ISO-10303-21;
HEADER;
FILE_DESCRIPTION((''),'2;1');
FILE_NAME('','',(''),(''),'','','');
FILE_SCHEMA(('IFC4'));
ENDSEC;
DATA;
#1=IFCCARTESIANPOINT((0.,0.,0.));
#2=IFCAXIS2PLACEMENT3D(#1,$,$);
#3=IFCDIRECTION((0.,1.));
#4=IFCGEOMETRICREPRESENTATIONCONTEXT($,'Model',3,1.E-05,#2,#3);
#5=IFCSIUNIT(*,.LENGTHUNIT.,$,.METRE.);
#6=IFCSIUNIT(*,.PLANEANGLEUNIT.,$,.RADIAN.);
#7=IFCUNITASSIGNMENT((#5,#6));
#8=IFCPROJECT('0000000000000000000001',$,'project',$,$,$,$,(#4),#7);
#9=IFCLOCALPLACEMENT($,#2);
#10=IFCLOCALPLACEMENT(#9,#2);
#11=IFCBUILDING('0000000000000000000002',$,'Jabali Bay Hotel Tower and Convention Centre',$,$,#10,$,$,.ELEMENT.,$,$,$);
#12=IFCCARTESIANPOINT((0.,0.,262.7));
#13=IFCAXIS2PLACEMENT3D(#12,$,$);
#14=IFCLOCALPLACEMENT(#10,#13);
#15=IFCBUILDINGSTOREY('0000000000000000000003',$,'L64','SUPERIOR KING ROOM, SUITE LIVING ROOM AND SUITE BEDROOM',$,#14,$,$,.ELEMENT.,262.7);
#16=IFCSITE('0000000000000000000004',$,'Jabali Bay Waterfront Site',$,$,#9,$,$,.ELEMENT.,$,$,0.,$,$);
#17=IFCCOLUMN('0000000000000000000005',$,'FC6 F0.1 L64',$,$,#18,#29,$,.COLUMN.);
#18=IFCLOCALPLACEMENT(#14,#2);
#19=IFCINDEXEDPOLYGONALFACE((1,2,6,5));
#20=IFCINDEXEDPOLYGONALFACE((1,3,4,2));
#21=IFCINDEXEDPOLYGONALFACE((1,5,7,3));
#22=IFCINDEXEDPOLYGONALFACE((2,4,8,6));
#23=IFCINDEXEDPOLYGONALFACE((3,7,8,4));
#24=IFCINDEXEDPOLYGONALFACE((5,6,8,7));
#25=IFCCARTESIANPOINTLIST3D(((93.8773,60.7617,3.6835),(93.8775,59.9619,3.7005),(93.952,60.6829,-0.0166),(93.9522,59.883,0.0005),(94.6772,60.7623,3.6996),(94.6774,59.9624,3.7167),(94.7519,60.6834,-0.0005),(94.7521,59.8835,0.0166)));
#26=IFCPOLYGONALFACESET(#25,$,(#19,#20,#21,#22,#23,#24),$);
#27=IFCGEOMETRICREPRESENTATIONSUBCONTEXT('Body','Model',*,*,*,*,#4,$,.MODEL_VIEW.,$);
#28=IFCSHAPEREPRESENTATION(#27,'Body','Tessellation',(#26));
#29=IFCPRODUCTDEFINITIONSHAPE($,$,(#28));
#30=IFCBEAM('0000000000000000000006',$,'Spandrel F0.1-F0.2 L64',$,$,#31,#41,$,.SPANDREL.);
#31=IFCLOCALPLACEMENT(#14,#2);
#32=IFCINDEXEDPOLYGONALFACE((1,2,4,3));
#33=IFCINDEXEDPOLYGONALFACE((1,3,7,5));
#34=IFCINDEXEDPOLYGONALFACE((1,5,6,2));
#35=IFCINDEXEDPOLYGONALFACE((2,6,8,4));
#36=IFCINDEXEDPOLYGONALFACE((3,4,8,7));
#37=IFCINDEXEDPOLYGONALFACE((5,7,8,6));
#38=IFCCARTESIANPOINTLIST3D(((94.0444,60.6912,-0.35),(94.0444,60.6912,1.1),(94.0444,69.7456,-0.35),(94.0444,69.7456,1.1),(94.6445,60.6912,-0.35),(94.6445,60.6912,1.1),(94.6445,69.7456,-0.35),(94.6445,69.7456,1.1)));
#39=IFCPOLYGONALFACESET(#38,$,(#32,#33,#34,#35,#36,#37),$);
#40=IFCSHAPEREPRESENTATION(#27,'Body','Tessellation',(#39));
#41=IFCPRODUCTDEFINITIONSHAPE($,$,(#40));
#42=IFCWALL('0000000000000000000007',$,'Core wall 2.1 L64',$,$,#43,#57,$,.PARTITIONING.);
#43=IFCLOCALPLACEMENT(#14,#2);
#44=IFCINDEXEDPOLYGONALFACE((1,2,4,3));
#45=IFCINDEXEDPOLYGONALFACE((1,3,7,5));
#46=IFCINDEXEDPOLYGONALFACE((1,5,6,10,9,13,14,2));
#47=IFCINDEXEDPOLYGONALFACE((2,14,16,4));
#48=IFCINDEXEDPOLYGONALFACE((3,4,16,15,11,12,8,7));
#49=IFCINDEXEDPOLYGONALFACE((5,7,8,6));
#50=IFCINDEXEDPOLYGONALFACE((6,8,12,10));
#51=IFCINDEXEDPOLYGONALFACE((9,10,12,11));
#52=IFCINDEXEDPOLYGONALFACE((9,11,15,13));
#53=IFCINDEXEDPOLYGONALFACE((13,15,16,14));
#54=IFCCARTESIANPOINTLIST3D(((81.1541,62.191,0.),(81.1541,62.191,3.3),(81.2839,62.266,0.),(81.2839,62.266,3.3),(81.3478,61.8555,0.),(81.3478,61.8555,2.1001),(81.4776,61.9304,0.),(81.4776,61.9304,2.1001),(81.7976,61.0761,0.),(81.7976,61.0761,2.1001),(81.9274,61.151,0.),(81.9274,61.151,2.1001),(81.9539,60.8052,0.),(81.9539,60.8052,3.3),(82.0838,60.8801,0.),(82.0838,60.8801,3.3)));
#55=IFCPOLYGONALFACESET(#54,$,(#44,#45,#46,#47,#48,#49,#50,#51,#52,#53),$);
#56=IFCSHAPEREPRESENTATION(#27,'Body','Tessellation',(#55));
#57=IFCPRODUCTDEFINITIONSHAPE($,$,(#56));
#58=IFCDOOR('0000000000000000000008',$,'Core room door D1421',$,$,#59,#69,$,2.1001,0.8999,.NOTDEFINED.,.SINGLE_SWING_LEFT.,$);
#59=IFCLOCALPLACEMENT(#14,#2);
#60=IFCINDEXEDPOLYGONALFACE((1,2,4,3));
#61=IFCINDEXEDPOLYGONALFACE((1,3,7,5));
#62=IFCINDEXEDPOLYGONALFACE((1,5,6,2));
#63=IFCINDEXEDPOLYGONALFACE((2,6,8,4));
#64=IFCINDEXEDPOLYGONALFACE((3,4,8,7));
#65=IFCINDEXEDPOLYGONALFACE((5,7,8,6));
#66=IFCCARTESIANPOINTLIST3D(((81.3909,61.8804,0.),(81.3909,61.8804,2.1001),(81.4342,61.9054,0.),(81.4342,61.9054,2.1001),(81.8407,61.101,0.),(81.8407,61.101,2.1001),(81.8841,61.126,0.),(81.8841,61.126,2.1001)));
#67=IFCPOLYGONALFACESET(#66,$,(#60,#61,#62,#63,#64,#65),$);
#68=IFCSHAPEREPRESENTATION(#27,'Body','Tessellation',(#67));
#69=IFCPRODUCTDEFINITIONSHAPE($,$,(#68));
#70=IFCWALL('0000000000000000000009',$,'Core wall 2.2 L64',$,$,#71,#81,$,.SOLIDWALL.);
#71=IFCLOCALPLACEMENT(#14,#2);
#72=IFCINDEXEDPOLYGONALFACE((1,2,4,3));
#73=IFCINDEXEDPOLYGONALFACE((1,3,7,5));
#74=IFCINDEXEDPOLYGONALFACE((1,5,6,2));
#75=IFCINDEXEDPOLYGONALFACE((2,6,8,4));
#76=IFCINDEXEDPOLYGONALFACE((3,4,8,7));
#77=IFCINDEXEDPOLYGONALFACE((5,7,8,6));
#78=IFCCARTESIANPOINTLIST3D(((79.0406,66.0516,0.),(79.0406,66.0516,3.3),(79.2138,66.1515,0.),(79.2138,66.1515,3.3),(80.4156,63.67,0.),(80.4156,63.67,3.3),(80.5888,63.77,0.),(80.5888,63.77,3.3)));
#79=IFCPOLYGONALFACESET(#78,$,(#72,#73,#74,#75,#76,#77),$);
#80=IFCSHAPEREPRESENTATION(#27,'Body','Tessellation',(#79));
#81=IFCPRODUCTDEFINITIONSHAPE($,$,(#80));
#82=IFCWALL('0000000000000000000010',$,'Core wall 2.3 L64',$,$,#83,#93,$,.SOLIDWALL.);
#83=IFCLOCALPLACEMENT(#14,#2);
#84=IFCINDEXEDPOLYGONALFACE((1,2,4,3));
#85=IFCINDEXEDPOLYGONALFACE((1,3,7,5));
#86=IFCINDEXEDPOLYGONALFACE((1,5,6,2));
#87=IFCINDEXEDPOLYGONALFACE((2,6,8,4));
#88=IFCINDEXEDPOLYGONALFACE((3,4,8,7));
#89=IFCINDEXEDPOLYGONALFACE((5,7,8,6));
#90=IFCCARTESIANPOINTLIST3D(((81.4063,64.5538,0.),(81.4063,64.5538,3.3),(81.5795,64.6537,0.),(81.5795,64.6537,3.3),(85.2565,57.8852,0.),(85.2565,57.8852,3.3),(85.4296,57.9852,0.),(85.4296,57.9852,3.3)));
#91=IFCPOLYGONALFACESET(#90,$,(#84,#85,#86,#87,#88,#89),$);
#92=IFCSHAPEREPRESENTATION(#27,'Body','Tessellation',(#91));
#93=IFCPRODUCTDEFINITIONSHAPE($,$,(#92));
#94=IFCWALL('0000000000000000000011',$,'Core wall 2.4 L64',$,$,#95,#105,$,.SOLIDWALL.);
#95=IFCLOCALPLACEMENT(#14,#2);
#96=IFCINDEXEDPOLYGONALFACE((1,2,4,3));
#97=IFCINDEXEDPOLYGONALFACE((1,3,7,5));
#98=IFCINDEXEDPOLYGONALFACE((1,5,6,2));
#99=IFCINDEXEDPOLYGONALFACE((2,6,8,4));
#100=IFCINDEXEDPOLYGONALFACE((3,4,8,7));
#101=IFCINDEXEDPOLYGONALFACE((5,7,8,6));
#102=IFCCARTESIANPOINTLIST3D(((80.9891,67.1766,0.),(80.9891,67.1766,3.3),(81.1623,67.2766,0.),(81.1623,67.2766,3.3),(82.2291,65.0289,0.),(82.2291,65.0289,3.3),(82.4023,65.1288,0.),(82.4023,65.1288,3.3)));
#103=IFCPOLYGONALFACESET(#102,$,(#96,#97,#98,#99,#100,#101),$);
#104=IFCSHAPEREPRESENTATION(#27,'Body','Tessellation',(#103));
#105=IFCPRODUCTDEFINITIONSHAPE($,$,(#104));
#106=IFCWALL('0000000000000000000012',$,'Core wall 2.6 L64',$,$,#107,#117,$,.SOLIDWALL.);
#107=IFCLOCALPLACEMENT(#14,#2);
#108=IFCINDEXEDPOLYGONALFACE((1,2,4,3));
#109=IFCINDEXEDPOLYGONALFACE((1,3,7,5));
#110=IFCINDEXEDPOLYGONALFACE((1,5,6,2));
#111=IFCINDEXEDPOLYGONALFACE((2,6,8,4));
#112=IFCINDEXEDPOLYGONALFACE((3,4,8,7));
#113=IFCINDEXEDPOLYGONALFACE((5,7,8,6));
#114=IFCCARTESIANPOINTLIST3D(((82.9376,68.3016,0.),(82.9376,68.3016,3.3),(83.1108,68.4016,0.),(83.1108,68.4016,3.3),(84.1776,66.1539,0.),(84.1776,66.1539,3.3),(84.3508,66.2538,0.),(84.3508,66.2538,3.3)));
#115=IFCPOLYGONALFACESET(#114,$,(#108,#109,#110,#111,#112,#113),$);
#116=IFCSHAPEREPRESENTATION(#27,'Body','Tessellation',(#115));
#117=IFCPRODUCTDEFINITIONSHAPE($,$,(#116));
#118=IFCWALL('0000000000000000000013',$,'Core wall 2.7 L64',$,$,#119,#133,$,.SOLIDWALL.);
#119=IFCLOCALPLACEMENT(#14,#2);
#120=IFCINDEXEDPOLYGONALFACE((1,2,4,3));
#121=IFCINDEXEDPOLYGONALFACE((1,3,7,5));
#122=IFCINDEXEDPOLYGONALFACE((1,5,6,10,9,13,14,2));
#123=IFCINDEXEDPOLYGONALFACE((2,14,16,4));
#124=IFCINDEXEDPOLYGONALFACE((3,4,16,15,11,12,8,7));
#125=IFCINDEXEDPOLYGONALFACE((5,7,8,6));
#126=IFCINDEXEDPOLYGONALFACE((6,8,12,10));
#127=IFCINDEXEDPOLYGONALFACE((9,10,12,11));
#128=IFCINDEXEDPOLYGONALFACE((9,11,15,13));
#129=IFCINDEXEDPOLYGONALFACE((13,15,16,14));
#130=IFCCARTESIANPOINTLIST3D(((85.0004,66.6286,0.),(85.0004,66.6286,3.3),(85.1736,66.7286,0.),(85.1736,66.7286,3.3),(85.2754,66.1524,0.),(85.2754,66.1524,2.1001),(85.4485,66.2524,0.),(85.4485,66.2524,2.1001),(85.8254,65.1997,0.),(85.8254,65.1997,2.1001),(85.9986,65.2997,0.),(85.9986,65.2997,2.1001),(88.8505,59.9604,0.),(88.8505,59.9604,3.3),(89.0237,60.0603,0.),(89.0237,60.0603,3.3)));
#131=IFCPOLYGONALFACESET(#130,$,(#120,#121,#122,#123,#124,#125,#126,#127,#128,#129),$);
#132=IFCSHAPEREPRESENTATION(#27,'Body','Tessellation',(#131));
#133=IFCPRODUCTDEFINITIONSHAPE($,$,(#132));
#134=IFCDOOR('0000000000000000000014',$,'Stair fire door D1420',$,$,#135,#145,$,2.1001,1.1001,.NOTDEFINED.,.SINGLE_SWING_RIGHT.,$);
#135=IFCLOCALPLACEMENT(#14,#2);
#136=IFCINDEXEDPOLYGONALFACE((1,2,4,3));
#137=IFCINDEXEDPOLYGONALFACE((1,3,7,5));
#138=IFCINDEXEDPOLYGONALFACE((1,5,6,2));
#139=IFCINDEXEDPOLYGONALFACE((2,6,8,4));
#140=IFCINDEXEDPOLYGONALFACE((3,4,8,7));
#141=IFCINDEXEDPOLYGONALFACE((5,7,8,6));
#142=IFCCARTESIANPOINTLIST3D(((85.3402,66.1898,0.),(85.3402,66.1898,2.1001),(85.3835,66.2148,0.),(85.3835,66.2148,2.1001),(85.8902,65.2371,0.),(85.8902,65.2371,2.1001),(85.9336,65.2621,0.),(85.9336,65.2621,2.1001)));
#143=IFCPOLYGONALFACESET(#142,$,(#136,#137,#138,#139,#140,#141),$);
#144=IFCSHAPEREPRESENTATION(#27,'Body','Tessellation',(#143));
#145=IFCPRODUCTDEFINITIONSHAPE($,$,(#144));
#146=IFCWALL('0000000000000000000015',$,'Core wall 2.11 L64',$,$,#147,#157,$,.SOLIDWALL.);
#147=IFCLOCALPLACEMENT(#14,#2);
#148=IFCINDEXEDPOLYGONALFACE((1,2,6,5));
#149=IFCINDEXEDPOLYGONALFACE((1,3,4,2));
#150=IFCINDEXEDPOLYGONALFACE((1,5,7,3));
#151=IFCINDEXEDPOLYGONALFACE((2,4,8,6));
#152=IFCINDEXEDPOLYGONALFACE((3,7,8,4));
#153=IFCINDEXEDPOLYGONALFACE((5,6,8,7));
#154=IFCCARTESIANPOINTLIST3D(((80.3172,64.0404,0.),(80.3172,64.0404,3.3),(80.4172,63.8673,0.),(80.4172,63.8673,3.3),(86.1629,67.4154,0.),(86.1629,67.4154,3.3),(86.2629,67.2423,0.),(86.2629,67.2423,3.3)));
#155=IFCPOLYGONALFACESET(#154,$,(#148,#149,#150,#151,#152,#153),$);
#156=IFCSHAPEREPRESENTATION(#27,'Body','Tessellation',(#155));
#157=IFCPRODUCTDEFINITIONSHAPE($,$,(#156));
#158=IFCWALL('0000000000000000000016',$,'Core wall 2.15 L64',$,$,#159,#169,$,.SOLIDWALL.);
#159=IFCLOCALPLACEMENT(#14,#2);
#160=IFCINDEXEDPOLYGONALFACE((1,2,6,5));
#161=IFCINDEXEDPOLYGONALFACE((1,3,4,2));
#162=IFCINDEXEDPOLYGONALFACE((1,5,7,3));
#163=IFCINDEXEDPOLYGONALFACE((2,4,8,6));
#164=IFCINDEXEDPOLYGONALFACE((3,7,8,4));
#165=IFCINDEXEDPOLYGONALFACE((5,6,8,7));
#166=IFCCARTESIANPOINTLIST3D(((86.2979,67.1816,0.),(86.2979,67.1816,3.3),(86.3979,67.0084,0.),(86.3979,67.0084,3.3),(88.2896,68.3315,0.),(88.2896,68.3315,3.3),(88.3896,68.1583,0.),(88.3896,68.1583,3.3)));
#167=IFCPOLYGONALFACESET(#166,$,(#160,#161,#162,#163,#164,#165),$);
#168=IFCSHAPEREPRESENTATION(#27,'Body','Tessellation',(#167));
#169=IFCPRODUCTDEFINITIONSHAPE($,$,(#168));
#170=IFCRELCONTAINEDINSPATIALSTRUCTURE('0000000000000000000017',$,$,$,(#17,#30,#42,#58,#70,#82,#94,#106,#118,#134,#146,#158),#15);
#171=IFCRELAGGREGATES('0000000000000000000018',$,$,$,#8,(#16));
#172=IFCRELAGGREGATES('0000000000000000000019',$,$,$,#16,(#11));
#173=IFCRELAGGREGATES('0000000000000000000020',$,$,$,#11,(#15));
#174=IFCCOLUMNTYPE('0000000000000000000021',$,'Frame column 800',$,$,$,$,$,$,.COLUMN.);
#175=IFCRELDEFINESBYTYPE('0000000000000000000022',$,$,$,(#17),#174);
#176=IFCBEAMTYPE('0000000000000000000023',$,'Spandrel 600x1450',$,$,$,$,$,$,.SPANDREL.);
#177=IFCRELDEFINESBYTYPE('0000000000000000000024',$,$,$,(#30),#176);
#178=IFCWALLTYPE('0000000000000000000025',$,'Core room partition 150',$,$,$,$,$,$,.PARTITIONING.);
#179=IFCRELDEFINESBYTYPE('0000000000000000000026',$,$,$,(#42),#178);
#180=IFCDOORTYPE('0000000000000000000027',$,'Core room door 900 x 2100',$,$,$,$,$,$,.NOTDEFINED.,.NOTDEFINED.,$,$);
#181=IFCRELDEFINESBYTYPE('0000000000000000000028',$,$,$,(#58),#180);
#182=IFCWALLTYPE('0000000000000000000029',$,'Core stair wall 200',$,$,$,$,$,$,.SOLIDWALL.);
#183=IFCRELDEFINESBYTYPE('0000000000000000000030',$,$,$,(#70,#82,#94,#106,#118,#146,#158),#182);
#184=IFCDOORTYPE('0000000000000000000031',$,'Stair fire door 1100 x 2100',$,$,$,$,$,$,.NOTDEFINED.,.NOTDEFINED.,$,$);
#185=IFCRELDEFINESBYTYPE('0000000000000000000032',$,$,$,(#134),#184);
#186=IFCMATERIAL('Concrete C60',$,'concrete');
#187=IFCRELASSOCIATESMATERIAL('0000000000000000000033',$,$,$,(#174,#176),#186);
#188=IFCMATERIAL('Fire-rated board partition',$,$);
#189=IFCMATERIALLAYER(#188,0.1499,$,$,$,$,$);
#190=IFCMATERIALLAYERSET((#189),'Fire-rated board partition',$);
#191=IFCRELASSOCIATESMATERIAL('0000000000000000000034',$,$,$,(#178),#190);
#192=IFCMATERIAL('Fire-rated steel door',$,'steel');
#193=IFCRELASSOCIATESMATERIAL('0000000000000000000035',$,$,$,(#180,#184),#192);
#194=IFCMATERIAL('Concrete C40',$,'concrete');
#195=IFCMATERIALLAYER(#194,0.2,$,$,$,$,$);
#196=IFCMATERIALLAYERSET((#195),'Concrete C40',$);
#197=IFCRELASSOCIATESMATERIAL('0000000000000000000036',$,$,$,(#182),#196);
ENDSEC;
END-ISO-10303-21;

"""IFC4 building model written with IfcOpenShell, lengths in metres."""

from ifc_helpers import new_model, si_unit, direction, frame, frame_2d, origin, origin_2d, place, context, subcontext, project, spatial, rectangle, extrude, material, layer, layer_set, material_profile, profile_set, type_object, element, fill, save


model = new_model("IFC4")

# Units and contexts
model_context = context("Model", 3, precision=1e-05, world=origin(), true_north=direction((0.0, 1.0)))
body_context = subcontext(model_context, "Body", "Model", "MODEL_VIEW")
ifc_project = project(units=[si_unit("LENGTHUNIT", "METRE"), si_unit("PLANEANGLEUNIT", "RADIAN")], contexts=[model_context])

# Site, building, storey
site_placement = place(None, origin())
site = spatial("IfcSite", under=ifc_project, at=site_placement, Name="Jabali Bay Waterfront Site", CompositionType="ELEMENT", RefElevation=0.0)
building_placement = place(site_placement, origin())
building = spatial("IfcBuilding", under=site, at=building_placement, Name="Jabali Bay Hotel Tower and Convention Centre", CompositionType="ELEMENT")
storey_placement = place(building_placement, frame((0.0, 0.0, 262.7)))
storey = spatial("IfcBuildingStorey", under=building, at=storey_placement, Name="L64", Description="SUPERIOR KING ROOM, SUITE LIVING ROOM AND SUITE BEDROOM", CompositionType="ELEMENT", Elevation=262.7)

# Column
ifc_material_1 = material(Name="Concrete C60", Category="concrete")
ifc_material_profile_1 = material_profile(ifc_material_1, rectangle(XDim=0.8, YDim=0.8, at=origin_2d()), Name="Frame column 800")
ifc_profile_set_1 = profile_set([ifc_material_profile_1], Name="Concrete C60")
column_type = type_object("IfcColumnType", Name="Frame column 800", PredefinedType="COLUMN", material=ifc_profile_set_1)
column_placement = place(storey_placement, frame((94.3521, 60.2832, 0.0), z_axis=(-0.020183, 0.021304, 0.999569), x_axis=(0.000228, -0.999773, 0.021313)))
element("IfcColumn", 1, at=column_placement, inside=storey, type_object=column_type, Name="FC6 F0.1 L64", PredefinedType="COLUMN", context=body_context, shape_type="SweptSolid", body=[
    extrude(rectangle(XDim=0.8, YDim=0.8, at=origin_2d()), origin(), (0.0, 0.0, 1.0), 3.7017),
])

# Beam
ifc_material_profile_2 = material_profile(ifc_material_1, rectangle(XDim=0.6001, YDim=1.45, at=origin_2d()), Name="Spandrel 600x1450")
ifc_profile_set_2 = profile_set([ifc_material_profile_2], Name="Concrete C60")
beam_type = type_object("IfcBeamType", Name="Spandrel 600x1450", PredefinedType="SPANDREL", material=ifc_profile_set_2)
beam_placement = place(storey_placement, frame((94.3445, 60.6912, 0.375), z_axis=(0.0, 1.0, 0.0), x_axis=(-1.0, 0.0, 0.0)))
element("IfcBeam", 2, at=beam_placement, inside=storey, type_object=beam_type, Name="Spandrel F0.1-F0.2 L64", PredefinedType="SPANDREL", context=body_context, shape_type="SweptSolid", body=[
    extrude(rectangle(XDim=0.6001, YDim=1.45, at=origin_2d()), origin(), (0.0, 0.0, 1.0), 9.0544),
])

# Wall, opening, door
ifc_material_2 = material(Name="Fire-rated board partition")
ifc_layer_1 = layer(ifc_material_2, 0.1499)
ifc_layer_set_1 = layer_set([ifc_layer_1], Name="Fire-rated board partition")
wall_type_1 = type_object("IfcWallType", Name="Core room partition 150", PredefinedType="PARTITIONING", material=ifc_layer_set_1)
wall_1_placement = place(storey_placement, frame((81.219, 62.2285, 0.0), z_axis=(0.0, 0.0, 1.0), x_axis=(0.499881, -0.866094, 0.0)))
wall_1 = element("IfcWall", 3, at=wall_1_placement, inside=storey, type_object=wall_type_1, Name="Core wall 2.1 L64", PredefinedType="PARTITIONING", context=body_context, shape_type="SweptSolid", body=[
    extrude(rectangle(XDim=1.6001, YDim=0.1499, at=frame_2d((0.8, 0.0))), origin(), (0.0, 0.0, 1.0), 3.3),
])
opening_1_placement = place(wall_1_placement, frame((0.3875, 0.0, 0.0)))
opening_1 = element("IfcOpeningElement", 4, at=opening_1_placement, cuts=wall_1, PredefinedType="OPENING", context=body_context, shape_type="SweptSolid", body=[
    extrude(rectangle(XDim=0.8999, YDim=2.1001, at=frame_2d((0.45, 1.05))), frame((0.0, 0.0854, 0.0), z_axis=(0.0, -1.0, 0.0), x_axis=(1.0, 0.0, 0.0)), (0.0, 0.0, 1.0), 0.1709),
])
ifc_material_3 = material(Name="Fire-rated steel door", Category="steel")
door_type_1 = type_object("IfcDoorType", Name="Core room door 900 x 2100", OperationType="NOTDEFINED", PredefinedType="NOTDEFINED", material=ifc_material_3)
door_1_placement = place(opening_1_placement, origin())
door_1 = element("IfcDoor", 5, at=door_1_placement, inside=storey, type_object=door_type_1, Name="Core room door D1421", OperationType="SINGLE_SWING_LEFT", OverallHeight=2.1001, OverallWidth=0.8999, PredefinedType="NOTDEFINED", context=body_context, shape_type="SweptSolid", body=[
    extrude(rectangle(XDim=0.8999, YDim=2.1001, at=frame_2d((0.45, 1.05))), frame((0.0, 0.0249, 0.0), z_axis=(0.0, -1.0, 0.0), x_axis=(1.0, 0.0, 0.0)), (0.0, 0.0, 1.0), 0.05),
])
fill(opening_1, door_1)

# Walls
ifc_material_4 = material(Name="Concrete C40", Category="concrete")
ifc_layer_2 = layer(ifc_material_4, 0.2)
ifc_layer_set_2 = layer_set([ifc_layer_2], Name="Concrete C40")
wall_type_2 = type_object("IfcWallType", Name="Core stair wall 200", PredefinedType="SOLIDWALL", material=ifc_layer_set_2)
wall_2_placement = place(storey_placement, frame((79.1272, 66.1016, 0.0), z_axis=(0.0, 0.0, 1.0), x_axis=(0.499997, -0.866027, 0.0)))
element("IfcWall", 6, at=wall_2_placement, inside=storey, type_object=wall_type_2, Name="Core wall 2.2 L64", PredefinedType="SOLIDWALL", context=body_context, shape_type="SweptSolid", body=[
    extrude(rectangle(XDim=2.75, YDim=0.2, at=frame_2d((1.375, 0.0))), origin(), (0.0, 0.0, 1.0), 3.3),
])
wall_3_placement = place(storey_placement, frame((81.4929, 64.6038, 0.0), z_axis=(0.0, 0.0, 1.0), x_axis=(0.500006, -0.866022, 0.0)))
element("IfcWall", 7, at=wall_3_placement, inside=storey, type_object=wall_type_2, Name="Core wall 2.3 L64", PredefinedType="SOLIDWALL", context=body_context, shape_type="SweptSolid", body=[
    extrude(rectangle(XDim=7.7002, YDim=0.2, at=frame_2d((3.8501, 0.0))), origin(), (0.0, 0.0, 1.0), 3.3),
])
for number, where, z_axis, x_axis, name in (
    (8, (81.0757, 67.2266, 0.0), (0.0, 0.0, 1.0), (0.500004, -0.866023, 0.0), "Core wall 2.4 L64"),
    (9, (83.0242, 68.3516, 0.0), (0.0, 0.0, 1.0), (0.500004, -0.866023, 0.0), "Core wall 2.6 L64"),
):
    element("IfcWall", number, at=place(storey_placement, frame(where, z_axis=z_axis, x_axis=x_axis)), inside=storey, type_object=wall_type_2, Name=name, PredefinedType="SOLIDWALL", context=body_context, shape_type="SweptSolid", body=[
        extrude(rectangle(XDim=2.48, YDim=0.2, at=frame_2d((1.24, 0.0))), origin(), (0.0, 0.0, 1.0), 3.3),
    ])

# Wall, opening, door
wall_4_placement = place(storey_placement, frame((85.0869, 66.6787, 0.0), z_axis=(0.0, 0.0, 1.0), x_axis=(0.50002, -0.866014, 0.0)))
wall_4 = element("IfcWall", 10, at=wall_4_placement, inside=storey, type_object=wall_type_2, Name="Core wall 2.7 L64", PredefinedType="SOLIDWALL", context=body_context, shape_type="SweptSolid", body=[
    extrude(rectangle(XDim=7.7, YDim=0.2, at=frame_2d((3.8501, 0.0))), origin(), (0.0, 0.0, 1.0), 3.3),
])
opening_2_placement = place(wall_4_placement, frame((0.55, 0.0, 0.0)))
opening_2 = element("IfcOpeningElement", 11, at=opening_2_placement, cuts=wall_4, PredefinedType="OPENING", context=body_context, shape_type="SweptSolid", body=[
    extrude(rectangle(XDim=1.1001, YDim=2.1001, at=frame_2d((0.55, 1.05))), frame((0.0, 0.1104, 0.0), z_axis=(0.0, -1.0, 0.0), x_axis=(1.0, 0.0, 0.0)), (0.0, 0.0, 1.0), 0.2209),
])
door_type_2 = type_object("IfcDoorType", Name="Stair fire door 1100 x 2100", OperationType="NOTDEFINED", PredefinedType="NOTDEFINED", material=ifc_material_3)
door_2_placement = place(opening_2_placement, origin())
door_2 = element("IfcDoor", 12, at=door_2_placement, inside=storey, type_object=door_type_2, Name="Stair fire door D1420", OperationType="SINGLE_SWING_RIGHT", OverallHeight=2.1001, OverallWidth=1.1001, PredefinedType="NOTDEFINED", context=body_context, shape_type="SweptSolid", body=[
    extrude(rectangle(XDim=1.1001, YDim=2.1001, at=frame_2d((0.55, 1.05))), frame((0.0, 0.0249, 0.0), z_axis=(0.0, -1.0, 0.0), x_axis=(1.0, 0.0, 0.0)), (0.0, 0.0, 1.0), 0.05),
])
fill(opening_2, door_2)

# Walls
wall_5_placement = place(storey_placement, frame((80.3672, 63.9539, 0.0), z_axis=(0.0, 0.0, 1.0), x_axis=(0.866027, 0.499998, 0.0)))
element("IfcWall", 13, at=wall_5_placement, inside=storey, type_object=wall_type_2, Name="Core wall 2.11 L64", PredefinedType="SOLIDWALL", context=body_context, shape_type="SweptSolid", body=[
    extrude(rectangle(XDim=6.75, YDim=0.2, at=frame_2d((3.375, 0.0))), origin(), (0.0, 0.0, 1.0), 3.3),
])
wall_6_placement = place(storey_placement, frame((86.3479, 67.095, 0.0), z_axis=(0.0, 0.0, 1.0), x_axis=(0.866026, 0.499998, 0.0)))
element("IfcWall", 14, at=wall_6_placement, inside=storey, type_object=wall_type_2, Name="Core wall 2.15 L64", PredefinedType="SOLIDWALL", context=body_context, shape_type="SweptSolid", body=[
    extrude(rectangle(XDim=2.2998, YDim=0.2, at=frame_2d((1.1499, 0.0))), origin(), (0.0, 0.0, 1.0), 3.3),
])

save(model, "model.ifc")
